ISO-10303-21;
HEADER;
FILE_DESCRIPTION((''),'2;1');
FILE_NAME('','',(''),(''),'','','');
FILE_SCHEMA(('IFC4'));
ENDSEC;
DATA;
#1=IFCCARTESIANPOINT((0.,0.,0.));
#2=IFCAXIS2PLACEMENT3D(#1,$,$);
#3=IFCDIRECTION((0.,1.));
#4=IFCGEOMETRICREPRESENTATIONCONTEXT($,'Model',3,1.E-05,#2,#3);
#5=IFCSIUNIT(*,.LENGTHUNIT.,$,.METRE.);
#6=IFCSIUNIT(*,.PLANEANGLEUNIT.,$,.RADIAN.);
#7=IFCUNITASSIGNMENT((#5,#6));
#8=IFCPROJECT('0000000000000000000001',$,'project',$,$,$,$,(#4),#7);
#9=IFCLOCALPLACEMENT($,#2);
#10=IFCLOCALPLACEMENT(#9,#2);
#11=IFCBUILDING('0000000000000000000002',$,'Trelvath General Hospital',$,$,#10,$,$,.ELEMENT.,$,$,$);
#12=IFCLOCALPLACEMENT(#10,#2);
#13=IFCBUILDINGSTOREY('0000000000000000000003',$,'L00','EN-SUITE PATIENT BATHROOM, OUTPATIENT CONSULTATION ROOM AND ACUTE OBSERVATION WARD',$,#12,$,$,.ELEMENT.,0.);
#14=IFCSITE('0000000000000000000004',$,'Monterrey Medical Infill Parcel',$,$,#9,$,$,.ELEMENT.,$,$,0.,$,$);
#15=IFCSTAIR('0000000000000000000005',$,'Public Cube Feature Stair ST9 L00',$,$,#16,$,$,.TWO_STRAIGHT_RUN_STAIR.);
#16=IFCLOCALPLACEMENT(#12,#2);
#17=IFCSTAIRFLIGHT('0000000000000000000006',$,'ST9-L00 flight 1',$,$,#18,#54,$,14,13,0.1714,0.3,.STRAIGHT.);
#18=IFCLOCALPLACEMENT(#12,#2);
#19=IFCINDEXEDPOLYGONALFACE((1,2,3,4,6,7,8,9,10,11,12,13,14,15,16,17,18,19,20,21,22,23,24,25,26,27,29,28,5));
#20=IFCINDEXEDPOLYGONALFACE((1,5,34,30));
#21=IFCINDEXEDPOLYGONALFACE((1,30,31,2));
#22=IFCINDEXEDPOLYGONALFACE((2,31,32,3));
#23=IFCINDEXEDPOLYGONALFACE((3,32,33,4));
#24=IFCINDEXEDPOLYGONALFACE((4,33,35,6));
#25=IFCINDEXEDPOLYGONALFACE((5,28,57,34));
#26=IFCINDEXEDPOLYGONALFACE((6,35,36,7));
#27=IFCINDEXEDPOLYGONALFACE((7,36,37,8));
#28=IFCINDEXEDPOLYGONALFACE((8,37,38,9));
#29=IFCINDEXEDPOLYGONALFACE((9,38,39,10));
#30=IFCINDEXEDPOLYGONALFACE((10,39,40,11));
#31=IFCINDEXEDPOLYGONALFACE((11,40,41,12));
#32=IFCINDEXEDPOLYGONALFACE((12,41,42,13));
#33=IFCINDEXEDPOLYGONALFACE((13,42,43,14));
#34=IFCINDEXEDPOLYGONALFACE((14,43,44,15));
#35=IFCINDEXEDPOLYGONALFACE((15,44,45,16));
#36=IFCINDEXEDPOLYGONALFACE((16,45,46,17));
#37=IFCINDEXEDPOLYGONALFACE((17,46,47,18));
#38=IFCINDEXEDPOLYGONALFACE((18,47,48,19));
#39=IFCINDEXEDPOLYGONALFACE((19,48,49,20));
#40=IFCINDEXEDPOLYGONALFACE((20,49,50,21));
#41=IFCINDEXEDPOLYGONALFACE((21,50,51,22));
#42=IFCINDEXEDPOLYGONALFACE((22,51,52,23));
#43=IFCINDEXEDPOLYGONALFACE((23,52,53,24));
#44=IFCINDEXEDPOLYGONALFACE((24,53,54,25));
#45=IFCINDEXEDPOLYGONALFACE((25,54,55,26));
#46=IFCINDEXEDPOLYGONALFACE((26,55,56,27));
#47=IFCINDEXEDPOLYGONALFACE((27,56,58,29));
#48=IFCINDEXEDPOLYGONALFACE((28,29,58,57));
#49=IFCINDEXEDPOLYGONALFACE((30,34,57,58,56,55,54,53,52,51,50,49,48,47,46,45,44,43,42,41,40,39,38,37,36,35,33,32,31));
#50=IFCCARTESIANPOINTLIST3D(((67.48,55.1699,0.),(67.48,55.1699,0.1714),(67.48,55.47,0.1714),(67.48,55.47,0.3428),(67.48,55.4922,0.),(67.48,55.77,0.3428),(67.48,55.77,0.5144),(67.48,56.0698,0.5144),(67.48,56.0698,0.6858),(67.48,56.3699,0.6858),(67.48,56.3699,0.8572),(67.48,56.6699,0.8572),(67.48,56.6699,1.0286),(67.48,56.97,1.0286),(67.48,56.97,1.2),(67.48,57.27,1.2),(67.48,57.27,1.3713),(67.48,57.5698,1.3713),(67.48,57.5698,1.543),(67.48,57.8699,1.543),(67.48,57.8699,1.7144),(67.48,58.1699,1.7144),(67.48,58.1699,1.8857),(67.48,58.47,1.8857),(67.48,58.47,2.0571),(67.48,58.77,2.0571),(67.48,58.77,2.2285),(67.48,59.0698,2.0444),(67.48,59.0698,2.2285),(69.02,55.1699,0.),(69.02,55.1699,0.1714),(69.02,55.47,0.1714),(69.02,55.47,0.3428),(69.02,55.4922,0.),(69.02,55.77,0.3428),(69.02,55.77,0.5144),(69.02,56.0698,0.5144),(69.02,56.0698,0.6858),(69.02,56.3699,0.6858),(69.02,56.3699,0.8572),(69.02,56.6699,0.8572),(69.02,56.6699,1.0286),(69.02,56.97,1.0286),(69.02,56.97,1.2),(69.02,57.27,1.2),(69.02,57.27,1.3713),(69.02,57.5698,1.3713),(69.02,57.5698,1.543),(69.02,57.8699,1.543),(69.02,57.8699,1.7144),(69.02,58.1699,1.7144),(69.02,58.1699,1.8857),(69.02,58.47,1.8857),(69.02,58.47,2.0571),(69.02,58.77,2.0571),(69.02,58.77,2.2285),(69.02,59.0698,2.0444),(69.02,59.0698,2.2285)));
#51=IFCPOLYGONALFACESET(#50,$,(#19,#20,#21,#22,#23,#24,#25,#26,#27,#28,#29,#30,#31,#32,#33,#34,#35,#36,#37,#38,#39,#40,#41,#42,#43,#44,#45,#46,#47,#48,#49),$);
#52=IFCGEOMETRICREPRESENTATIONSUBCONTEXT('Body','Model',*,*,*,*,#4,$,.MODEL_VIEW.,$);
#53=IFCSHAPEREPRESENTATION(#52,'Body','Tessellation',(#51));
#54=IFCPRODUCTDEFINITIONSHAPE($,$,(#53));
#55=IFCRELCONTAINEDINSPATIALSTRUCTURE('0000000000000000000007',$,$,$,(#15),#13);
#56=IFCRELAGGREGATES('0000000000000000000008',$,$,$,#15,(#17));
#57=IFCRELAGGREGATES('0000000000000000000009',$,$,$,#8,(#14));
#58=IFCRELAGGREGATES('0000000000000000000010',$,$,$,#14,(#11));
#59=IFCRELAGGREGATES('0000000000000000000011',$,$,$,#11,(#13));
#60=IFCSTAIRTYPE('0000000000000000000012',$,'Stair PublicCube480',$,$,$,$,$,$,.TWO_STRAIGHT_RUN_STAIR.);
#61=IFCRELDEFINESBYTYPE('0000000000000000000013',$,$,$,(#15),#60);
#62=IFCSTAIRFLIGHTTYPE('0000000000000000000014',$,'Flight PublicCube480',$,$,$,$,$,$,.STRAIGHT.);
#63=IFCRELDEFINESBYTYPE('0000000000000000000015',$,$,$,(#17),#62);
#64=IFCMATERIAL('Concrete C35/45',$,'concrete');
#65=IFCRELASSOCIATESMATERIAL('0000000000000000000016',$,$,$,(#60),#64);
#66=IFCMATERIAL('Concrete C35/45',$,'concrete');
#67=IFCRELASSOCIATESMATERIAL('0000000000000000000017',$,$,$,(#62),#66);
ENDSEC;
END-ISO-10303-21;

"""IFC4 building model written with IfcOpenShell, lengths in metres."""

from ifc_helpers import new_model, si_unit, direction, frame, origin, place, context, subcontext, project, spatial, polyline, outline, extrude, material, type_object, element, aggregate, save


model = new_model("IFC4")

# Units and contexts
model_context = context("Model", 3, precision=1e-05, world=origin(), true_north=direction((0.0, 1.0)))
body_context = subcontext(model_context, "Body", "Model", "MODEL_VIEW")
ifc_project = project(units=[si_unit("LENGTHUNIT", "METRE"), si_unit("PLANEANGLEUNIT", "RADIAN")], contexts=[model_context])

# Site, building, storey
site_placement = place(None, origin())
site = spatial("IfcSite", under=ifc_project, at=site_placement, Name="Monterrey Medical Infill Parcel", CompositionType="ELEMENT", RefElevation=0.0)
building_placement = place(site_placement, origin())
building = spatial("IfcBuilding", under=site, at=building_placement, Name="Trelvath General Hospital", CompositionType="ELEMENT")
storey_placement = place(building_placement, origin())
storey = spatial("IfcBuildingStorey", under=building, at=storey_placement, Name="L00", Description="EN-SUITE PATIENT BATHROOM, OUTPATIENT CONSULTATION ROOM AND ACUTE OBSERVATION WARD", CompositionType="ELEMENT", Elevation=0.0)

# Stair, stair flight
ifc_material_1 = material(Name="Concrete C35/45", Category="concrete")
stair_type = type_object("IfcStairType", Name="Stair PublicCube480", PredefinedType="TWO_STRAIGHT_RUN_STAIR", material=ifc_material_1)
stair_placement = place(storey_placement, origin())
stair = element("IfcStair", 1, at=stair_placement, inside=storey, type_object=stair_type, Name="Public Cube Feature Stair ST9 L00", PredefinedType="TWO_STRAIGHT_RUN_STAIR")
ifc_material_2 = material(Name="Concrete C35/45", Category="concrete")
stair_flight_type = type_object("IfcStairFlightType", Name="Flight PublicCube480", PredefinedType="STRAIGHT", material=ifc_material_2)
stair_flight_placement = place(storey_placement, frame((68.25, 55.1699, 0.0), z_axis=(0.0, 0.0, 1.0), x_axis=(0.0, 1.0, 0.0)))
stair_flight = element("IfcStairFlight", 2, at=stair_flight_placement, type_object=stair_flight_type, Name="ST9-L00 flight 1", NumberOfRisers=14, NumberOfTreads=13, PredefinedType="STRAIGHT", RiserHeight=0.1714, TreadLength=0.3, context=body_context, shape_type="SweptSolid", body=[
    extrude(outline(polyline([(0.0, 0.0), (0.0, 0.1714), (0.3, 0.1714), (0.3, 0.3428), (0.6001, 0.3428), (0.6001, 0.5144), (0.8999, 0.5144), (0.8999, 0.6858), (1.2, 0.6858), (1.2, 0.8572), (1.5, 0.8572), (1.5, 1.0286), (1.8, 1.0286), (1.8, 1.2), (2.1001, 1.2), (2.1001, 1.3713), (2.3999, 1.3713), (2.3999, 1.543), (2.7, 1.543), (2.7, 1.7144), (3.0, 1.7144), (3.0, 1.8857), (3.3, 1.8857), (3.3, 2.0571), (3.6001, 2.0571), (3.6001, 2.2285), (3.8999, 2.2285), (3.8999, 2.3999), (3.8999, 2.0444), (0.3223, 0.0), (0.0, 0.0)])), frame((0.0, 0.77, 0.0), z_axis=(0.0, -1.0, 0.0), x_axis=(1.0, 0.0, 0.0)), (0.0, 0.0, 1.0), 1.54),
])
aggregate(stair, [stair_flight])

save(model, "model.ifc")
